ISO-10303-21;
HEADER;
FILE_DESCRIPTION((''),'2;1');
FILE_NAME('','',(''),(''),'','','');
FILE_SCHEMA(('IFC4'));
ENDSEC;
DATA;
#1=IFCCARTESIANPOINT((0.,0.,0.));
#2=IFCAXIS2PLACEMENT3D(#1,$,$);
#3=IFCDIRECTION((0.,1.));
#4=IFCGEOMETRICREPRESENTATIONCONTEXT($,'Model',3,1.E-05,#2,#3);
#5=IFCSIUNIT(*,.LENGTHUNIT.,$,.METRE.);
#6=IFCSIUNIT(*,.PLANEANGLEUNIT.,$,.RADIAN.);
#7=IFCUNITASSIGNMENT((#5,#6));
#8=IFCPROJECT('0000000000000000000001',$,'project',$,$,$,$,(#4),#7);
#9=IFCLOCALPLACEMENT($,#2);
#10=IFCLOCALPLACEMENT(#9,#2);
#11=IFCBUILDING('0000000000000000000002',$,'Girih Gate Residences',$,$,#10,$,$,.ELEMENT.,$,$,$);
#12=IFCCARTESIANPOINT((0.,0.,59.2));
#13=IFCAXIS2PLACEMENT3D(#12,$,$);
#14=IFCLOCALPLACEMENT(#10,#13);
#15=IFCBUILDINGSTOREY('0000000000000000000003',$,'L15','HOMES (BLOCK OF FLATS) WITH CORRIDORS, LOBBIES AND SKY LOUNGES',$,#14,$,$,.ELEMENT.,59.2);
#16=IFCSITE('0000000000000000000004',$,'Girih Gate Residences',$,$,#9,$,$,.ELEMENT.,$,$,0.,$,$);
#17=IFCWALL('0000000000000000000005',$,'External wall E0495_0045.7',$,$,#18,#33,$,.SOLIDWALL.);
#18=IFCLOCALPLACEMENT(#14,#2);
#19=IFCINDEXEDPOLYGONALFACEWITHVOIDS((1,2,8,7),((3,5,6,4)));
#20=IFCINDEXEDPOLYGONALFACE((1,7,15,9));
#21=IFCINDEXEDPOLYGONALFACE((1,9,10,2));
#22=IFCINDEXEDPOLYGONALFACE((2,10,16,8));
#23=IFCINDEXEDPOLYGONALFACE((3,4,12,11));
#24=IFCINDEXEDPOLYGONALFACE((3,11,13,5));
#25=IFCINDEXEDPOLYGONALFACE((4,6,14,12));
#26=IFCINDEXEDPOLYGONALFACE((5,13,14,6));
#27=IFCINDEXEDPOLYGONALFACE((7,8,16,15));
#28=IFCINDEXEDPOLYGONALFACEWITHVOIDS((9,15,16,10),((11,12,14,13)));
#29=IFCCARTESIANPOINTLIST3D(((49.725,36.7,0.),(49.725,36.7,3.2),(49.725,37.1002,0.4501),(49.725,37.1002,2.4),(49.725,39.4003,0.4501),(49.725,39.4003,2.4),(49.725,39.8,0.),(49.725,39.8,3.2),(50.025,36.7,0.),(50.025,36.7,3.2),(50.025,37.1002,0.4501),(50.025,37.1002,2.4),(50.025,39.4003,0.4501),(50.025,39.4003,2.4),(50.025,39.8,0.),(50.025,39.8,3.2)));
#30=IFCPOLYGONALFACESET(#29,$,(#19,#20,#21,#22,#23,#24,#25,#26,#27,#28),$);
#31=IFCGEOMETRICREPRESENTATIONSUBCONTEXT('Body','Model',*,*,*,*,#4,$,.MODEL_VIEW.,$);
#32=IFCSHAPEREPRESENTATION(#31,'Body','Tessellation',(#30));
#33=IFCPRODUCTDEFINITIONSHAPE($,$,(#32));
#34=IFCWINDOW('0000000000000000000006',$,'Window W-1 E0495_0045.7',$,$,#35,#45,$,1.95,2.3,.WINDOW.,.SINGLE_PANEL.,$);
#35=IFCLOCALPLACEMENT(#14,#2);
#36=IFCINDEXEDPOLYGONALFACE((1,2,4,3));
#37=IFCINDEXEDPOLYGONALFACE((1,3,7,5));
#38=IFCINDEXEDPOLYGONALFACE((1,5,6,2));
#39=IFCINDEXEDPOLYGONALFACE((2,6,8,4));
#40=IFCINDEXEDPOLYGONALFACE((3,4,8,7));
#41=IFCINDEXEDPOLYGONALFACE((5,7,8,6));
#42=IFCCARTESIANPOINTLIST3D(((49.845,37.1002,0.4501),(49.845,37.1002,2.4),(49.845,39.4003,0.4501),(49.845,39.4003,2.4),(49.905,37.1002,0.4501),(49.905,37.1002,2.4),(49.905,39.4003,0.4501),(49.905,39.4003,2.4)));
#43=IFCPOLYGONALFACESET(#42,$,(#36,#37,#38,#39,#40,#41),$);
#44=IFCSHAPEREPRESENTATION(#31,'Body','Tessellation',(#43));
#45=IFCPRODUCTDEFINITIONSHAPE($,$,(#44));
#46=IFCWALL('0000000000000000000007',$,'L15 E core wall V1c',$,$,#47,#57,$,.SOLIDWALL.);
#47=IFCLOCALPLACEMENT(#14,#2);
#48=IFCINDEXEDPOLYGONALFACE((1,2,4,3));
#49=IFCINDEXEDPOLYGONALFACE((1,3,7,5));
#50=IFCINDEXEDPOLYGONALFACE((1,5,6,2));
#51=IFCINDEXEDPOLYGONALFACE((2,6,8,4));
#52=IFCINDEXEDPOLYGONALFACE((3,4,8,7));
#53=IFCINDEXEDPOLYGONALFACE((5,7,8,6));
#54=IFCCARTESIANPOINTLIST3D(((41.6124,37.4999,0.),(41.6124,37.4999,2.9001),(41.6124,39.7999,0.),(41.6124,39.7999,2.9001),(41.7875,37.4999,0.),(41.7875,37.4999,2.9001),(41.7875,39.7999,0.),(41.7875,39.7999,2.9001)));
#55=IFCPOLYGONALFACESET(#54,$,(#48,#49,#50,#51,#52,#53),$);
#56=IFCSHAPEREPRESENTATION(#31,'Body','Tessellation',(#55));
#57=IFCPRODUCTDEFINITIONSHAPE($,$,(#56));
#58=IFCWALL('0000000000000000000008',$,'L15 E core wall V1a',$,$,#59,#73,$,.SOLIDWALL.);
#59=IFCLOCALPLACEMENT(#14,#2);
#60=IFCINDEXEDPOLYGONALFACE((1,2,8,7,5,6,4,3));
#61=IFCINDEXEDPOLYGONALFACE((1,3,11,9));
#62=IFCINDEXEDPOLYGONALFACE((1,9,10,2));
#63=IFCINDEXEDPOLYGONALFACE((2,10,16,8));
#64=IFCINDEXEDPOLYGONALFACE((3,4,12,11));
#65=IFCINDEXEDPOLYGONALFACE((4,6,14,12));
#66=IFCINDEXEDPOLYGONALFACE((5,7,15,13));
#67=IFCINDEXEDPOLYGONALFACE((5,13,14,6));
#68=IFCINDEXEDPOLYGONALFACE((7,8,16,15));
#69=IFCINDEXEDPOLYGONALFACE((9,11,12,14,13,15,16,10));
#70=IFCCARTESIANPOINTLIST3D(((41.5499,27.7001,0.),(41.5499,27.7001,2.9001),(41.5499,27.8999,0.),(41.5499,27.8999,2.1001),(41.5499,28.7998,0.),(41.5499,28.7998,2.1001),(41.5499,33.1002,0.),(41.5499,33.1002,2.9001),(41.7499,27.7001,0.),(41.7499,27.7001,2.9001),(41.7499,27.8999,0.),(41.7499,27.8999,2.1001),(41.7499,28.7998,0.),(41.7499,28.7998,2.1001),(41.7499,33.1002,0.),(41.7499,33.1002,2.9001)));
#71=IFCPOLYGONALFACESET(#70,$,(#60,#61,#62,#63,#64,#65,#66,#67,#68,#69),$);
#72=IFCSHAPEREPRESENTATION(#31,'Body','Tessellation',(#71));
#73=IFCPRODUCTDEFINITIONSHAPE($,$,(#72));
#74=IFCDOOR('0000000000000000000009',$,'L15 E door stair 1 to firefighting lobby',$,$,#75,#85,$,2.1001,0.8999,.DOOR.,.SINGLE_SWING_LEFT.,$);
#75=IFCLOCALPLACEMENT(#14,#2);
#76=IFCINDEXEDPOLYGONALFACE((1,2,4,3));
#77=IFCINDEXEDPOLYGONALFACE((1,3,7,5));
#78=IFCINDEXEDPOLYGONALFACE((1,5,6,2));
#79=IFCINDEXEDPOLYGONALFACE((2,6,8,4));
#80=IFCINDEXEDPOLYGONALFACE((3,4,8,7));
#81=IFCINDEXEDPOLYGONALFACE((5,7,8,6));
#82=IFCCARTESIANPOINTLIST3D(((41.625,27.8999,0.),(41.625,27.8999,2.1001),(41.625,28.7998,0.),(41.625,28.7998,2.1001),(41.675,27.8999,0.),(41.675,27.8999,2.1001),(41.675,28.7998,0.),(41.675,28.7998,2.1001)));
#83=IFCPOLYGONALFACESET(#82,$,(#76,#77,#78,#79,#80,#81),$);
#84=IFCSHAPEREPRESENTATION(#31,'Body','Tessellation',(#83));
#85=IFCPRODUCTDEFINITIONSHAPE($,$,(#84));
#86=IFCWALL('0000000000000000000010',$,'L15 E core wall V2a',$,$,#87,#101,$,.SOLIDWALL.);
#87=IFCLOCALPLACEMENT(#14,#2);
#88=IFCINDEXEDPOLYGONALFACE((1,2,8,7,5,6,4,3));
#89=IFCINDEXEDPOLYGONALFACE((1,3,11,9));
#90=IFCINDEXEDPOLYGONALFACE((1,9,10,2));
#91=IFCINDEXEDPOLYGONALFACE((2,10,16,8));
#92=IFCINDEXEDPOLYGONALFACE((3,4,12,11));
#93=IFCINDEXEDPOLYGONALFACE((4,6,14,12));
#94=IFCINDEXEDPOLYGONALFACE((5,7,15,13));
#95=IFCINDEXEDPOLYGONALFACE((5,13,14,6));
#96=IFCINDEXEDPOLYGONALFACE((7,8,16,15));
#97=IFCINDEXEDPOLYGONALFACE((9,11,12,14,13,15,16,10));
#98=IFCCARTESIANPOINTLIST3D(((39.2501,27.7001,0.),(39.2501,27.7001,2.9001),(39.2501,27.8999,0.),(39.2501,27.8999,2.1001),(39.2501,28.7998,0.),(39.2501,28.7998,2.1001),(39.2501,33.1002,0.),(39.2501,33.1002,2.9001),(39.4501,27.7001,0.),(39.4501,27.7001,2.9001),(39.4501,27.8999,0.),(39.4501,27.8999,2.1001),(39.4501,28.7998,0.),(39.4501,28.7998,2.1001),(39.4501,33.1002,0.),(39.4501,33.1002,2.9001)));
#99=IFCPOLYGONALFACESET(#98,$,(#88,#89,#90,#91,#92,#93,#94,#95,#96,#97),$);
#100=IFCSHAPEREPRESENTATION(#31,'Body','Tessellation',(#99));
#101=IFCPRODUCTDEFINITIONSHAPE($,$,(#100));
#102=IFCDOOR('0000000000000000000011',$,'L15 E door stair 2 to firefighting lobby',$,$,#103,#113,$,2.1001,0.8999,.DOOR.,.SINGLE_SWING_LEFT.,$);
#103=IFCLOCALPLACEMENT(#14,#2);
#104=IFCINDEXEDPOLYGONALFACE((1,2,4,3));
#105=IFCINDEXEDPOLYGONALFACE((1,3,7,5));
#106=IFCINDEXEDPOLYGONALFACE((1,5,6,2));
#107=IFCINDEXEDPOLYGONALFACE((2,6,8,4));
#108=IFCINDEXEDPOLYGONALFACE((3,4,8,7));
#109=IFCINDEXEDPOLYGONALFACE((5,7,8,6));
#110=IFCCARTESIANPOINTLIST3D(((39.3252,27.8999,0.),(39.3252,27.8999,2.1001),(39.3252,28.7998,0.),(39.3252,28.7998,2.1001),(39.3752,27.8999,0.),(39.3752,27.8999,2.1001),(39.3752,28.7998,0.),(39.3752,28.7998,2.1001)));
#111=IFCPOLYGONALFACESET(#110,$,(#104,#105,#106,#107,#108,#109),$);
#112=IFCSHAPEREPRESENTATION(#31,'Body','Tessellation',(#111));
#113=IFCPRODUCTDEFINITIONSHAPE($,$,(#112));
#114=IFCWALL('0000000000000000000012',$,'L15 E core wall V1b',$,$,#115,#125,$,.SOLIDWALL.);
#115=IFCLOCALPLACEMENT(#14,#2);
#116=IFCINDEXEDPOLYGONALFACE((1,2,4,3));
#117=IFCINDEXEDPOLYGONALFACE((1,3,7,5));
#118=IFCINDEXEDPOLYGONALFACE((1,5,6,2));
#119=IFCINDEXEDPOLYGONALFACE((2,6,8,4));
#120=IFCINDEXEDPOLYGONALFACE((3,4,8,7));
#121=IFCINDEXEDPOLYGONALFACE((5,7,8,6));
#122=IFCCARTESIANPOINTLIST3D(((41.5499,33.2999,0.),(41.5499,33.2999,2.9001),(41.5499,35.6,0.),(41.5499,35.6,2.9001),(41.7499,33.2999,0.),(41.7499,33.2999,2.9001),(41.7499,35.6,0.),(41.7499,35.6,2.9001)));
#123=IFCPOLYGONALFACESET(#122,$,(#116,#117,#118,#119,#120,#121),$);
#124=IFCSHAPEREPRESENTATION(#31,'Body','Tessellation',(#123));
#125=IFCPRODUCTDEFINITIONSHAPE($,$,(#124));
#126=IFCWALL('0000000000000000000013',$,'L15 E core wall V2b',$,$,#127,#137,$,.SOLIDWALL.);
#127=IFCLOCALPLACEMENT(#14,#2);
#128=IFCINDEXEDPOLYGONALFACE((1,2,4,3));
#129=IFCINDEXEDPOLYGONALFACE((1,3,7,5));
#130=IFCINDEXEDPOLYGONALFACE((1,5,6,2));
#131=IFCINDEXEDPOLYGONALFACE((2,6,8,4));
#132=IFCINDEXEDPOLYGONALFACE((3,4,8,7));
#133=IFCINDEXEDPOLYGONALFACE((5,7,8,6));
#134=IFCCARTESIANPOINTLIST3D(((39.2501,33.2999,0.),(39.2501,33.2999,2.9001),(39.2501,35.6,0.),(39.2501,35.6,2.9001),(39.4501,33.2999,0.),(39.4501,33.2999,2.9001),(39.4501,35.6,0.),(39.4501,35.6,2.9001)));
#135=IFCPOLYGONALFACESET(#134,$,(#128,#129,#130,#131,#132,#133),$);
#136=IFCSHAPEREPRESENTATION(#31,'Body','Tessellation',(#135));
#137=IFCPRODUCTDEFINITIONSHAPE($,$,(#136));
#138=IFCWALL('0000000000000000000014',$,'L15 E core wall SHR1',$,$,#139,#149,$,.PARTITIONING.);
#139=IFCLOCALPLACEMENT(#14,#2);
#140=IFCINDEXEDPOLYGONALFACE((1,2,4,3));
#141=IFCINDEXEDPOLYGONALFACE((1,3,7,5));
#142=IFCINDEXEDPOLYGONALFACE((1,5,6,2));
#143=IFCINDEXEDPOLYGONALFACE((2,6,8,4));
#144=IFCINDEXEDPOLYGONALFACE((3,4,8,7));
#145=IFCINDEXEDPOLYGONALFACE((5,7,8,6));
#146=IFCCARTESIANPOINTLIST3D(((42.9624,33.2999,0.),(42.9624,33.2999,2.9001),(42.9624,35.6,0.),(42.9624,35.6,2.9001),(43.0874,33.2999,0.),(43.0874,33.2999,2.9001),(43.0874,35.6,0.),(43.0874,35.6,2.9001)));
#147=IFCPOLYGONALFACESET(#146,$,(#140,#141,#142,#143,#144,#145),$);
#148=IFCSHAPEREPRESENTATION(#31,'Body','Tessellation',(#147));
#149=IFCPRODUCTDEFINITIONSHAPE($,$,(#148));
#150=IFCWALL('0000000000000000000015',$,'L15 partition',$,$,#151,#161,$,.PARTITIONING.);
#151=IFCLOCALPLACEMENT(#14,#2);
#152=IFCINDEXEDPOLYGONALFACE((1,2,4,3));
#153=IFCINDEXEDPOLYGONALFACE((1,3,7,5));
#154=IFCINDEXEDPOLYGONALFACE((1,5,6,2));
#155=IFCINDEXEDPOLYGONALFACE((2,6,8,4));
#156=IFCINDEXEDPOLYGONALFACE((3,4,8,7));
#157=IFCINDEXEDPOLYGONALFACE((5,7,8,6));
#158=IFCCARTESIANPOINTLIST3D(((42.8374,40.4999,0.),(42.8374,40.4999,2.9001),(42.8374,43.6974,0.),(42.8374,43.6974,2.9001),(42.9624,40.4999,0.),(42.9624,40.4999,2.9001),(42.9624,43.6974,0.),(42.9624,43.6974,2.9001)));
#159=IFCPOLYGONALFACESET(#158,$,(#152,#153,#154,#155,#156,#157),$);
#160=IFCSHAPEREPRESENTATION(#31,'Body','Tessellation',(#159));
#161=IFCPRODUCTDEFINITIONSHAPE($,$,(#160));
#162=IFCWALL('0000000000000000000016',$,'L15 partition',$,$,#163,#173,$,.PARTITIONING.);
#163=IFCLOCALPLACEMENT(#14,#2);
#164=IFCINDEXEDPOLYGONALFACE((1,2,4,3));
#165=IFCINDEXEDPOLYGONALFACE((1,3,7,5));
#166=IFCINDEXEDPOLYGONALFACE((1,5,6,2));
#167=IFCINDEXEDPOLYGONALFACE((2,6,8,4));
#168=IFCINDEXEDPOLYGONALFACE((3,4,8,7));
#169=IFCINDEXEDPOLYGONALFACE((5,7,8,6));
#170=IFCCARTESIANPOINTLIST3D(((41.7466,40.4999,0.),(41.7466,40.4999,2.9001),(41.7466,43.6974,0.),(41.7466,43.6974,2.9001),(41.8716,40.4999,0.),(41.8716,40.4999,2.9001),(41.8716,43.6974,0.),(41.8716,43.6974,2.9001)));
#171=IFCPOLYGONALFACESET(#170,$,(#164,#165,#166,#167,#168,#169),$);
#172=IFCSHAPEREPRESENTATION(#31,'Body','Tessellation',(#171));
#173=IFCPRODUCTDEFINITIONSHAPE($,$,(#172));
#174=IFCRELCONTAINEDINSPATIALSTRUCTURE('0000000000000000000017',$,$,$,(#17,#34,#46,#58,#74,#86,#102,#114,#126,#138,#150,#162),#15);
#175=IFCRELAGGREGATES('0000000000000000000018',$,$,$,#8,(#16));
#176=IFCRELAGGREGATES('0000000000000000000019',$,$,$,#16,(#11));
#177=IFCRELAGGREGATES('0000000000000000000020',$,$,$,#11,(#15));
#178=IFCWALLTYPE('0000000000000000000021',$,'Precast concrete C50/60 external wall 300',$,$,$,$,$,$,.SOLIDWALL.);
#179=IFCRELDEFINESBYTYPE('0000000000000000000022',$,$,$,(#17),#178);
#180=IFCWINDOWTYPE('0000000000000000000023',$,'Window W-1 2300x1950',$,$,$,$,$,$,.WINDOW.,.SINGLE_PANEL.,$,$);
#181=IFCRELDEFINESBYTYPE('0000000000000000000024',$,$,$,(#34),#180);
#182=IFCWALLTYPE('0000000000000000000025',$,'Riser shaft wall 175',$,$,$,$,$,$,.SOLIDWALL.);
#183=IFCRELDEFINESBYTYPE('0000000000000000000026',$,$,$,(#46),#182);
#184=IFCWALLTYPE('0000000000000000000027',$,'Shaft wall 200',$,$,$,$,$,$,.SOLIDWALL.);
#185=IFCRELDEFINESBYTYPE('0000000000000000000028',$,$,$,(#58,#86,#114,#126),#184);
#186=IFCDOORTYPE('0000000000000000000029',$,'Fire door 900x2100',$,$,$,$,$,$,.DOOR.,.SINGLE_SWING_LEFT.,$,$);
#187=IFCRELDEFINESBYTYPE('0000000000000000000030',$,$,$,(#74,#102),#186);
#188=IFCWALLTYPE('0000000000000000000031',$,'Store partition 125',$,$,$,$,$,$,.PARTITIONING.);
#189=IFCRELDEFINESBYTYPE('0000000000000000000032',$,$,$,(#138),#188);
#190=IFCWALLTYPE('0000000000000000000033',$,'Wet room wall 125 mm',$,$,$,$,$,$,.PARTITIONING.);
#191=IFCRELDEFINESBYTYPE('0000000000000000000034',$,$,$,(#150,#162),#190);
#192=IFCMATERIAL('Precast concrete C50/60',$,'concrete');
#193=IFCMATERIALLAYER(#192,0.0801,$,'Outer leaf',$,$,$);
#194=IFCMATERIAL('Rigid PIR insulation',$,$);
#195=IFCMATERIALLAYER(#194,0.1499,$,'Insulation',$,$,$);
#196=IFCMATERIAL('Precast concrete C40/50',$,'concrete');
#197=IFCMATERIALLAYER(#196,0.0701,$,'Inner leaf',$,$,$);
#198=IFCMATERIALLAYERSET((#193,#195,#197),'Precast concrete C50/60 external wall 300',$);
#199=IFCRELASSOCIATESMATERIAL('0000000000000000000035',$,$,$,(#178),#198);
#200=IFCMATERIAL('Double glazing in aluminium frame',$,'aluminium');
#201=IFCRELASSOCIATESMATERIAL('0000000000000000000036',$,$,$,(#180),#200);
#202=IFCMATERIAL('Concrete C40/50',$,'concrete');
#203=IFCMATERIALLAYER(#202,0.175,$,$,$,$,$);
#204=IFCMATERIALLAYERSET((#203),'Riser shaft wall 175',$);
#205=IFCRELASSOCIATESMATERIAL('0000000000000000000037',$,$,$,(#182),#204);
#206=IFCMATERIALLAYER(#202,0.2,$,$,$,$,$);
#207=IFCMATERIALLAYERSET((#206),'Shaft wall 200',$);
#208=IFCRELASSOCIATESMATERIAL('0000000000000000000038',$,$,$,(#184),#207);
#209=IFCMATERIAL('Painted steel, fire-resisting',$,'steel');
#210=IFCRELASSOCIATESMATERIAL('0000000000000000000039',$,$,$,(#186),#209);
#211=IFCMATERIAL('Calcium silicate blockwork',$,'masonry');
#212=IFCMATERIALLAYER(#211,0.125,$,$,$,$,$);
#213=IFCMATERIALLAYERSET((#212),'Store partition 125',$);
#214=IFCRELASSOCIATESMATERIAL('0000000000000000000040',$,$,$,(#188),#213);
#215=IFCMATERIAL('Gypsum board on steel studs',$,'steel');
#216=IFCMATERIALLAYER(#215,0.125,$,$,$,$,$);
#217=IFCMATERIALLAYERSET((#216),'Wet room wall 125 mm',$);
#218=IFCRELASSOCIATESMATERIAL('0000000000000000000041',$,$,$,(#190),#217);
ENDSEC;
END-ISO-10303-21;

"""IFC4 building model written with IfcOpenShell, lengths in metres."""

from ifc_helpers import new_model, si_unit, direction, frame, frame_2d, origin, place, context, subcontext, project, spatial, rectangle, extrude, material, layer, layer_set, type_object, element, fill, save


model = new_model("IFC4")

# Units and contexts
model_context = context("Model", 3, precision=1e-05, world=origin(), true_north=direction((0.0, 1.0)))
body_context = subcontext(model_context, "Body", "Model", "MODEL_VIEW")
ifc_project = project(units=[si_unit("LENGTHUNIT", "METRE"), si_unit("PLANEANGLEUNIT", "RADIAN")], contexts=[model_context])

# Site, building, storey
site_placement = place(None, origin())
site = spatial("IfcSite", under=ifc_project, at=site_placement, Name="Girih Gate Residences", CompositionType="ELEMENT", RefElevation=0.0)
building_placement = place(site_placement, origin())
building = spatial("IfcBuilding", under=site, at=building_placement, Name="Girih Gate Residences", CompositionType="ELEMENT")
storey_placement = place(building_placement, frame((0.0, 0.0, 59.2)))
storey = spatial("IfcBuildingStorey", under=building, at=storey_placement, Name="L15", Description="HOMES (BLOCK OF FLATS) WITH CORRIDORS, LOBBIES AND SKY LOUNGES", CompositionType="ELEMENT", Elevation=59.2)

# Shared definitions
ifc_material_1 = material(Name="Gypsum board on steel studs", Category="steel")

# Wall, opening, window
ifc_material_2 = material(Name="Precast concrete C50/60", Category="concrete")
ifc_layer_1 = layer(ifc_material_2, 0.0801, Name="Outer leaf")
ifc_material_3 = material(Name="Rigid PIR insulation")
ifc_layer_2 = layer(ifc_material_3, 0.1499, Name="Insulation")
ifc_material_4 = material(Name="Precast concrete C40/50", Category="concrete")
ifc_layer_3 = layer(ifc_material_4, 0.0701, Name="Inner leaf")
ifc_layer_set_1 = layer_set([ifc_layer_1, ifc_layer_2, ifc_layer_3], Name="Precast concrete C50/60 external wall 300")
wall_type_1 = type_object("IfcWallType", Name="Precast concrete C50/60 external wall 300", PredefinedType="SOLIDWALL", material=ifc_layer_set_1)
ifc_material_5 = material(Name="Double glazing in aluminium frame", Category="aluminium")
window_type = type_object("IfcWindowType", Name="Window W-1 2300x1950", PartitioningType="SINGLE_PANEL", PredefinedType="WINDOW", material=ifc_material_5)
wall_1_placement = place(storey_placement, frame((49.875, 39.8, 0.0), z_axis=(0.0, 0.0, 1.0), x_axis=(0.0, -1.0, 0.0)))
wall_1 = element("IfcWall", 1, at=wall_1_placement, inside=storey, type_object=wall_type_1, Name="External wall E0495_0045.7", PredefinedType="SOLIDWALL", context=body_context, shape_type="SweptSolid", body=[
    extrude(rectangle(XDim=3.1001, YDim=0.3, at=frame_2d((1.55, 0.0))), origin(), (0.0, 0.0, 1.0), 3.2),
])
opening_1_placement = place(wall_1_placement, frame((0.3999, 0.0, 0.45)))
opening_1 = element("IfcOpeningElement", 2, at=opening_1_placement, cuts=wall_1, PredefinedType="OPENING", context=body_context, shape_type="SweptSolid", body=[
    extrude(rectangle(XDim=2.3, YDim=1.95, at=frame_2d((1.1499, 0.9751))), frame((0.0, 0.1599, 0.0), z_axis=(0.0, -1.0, 0.0), x_axis=(1.0, 0.0, 0.0)), (0.0, 0.0, 1.0), 0.3201),
])
window_1_placement = place(opening_1_placement, origin())
window_1 = element("IfcWindow", 3, at=window_1_placement, inside=storey, type_object=window_type, Name="Window W-1 E0495_0045.7", OverallHeight=1.95, OverallWidth=2.3, PartitioningType="SINGLE_PANEL", PredefinedType="WINDOW", context=body_context, shape_type="SweptSolid", body=[
    extrude(rectangle(XDim=2.3, YDim=1.95, at=frame_2d((1.1499, 0.9751))), frame((0.0, 0.03, 0.0), z_axis=(0.0, -1.0, 0.0), x_axis=(1.0, 0.0, 0.0)), (0.0, 0.0, 1.0), 0.0601),
])
fill(opening_1, window_1)

# Wall
ifc_material_6 = material(Name="Concrete C40/50", Category="concrete")
ifc_layer_4 = layer(ifc_material_6, 0.175)
ifc_layer_set_2 = layer_set([ifc_layer_4], Name="Riser shaft wall 175")
wall_type_2 = type_object("IfcWallType", Name="Riser shaft wall 175", PredefinedType="SOLIDWALL", material=ifc_layer_set_2)
wall_2_placement = place(storey_placement, frame((41.7, 37.5, 0.0), z_axis=(0.0, 0.0, 1.0), x_axis=(0.0, 1.0, 0.0)))
element("IfcWall", 4, at=wall_2_placement, inside=storey, type_object=wall_type_2, Name="L15 E core wall V1c", PredefinedType="SOLIDWALL", context=body_context, shape_type="SweptSolid", body=[
    extrude(rectangle(XDim=2.3, YDim=0.175, at=frame_2d((1.1499, 0.0))), origin(), (0.0, 0.0, 1.0), 2.9001),
])

# Walls, openings, doors
ifc_layer_5 = layer(ifc_material_6, 0.2)
ifc_layer_set_3 = layer_set([ifc_layer_5], Name="Shaft wall 200")
wall_type_3 = type_object("IfcWallType", Name="Shaft wall 200", PredefinedType="SOLIDWALL", material=ifc_layer_set_3)
wall_3_placement = place(storey_placement, frame((41.6499, 27.7, 0.0), z_axis=(0.0, 0.0, 1.0), x_axis=(0.0, 1.0, 0.0)))
wall_3 = element("IfcWall", 5, at=wall_3_placement, inside=storey, type_object=wall_type_3, Name="L15 E core wall V1a", PredefinedType="SOLIDWALL", context=body_context, shape_type="SweptSolid", body=[
    extrude(rectangle(XDim=5.4001, YDim=0.2, at=frame_2d((2.7002, 0.0))), origin(), (0.0, 0.0, 1.0), 2.9001),
])
opening_2_placement = place(wall_3_placement, frame((0.2, 0.0, 0.0)))
opening_2 = element("IfcOpeningElement", 6, at=opening_2_placement, cuts=wall_3, PredefinedType="OPENING", context=body_context, shape_type="SweptSolid", body=[
    extrude(rectangle(XDim=0.8999, YDim=2.1001, at=frame_2d((0.45, 1.05))), frame((0.0, 0.1099, 0.0), z_axis=(0.0, -1.0, 0.0), x_axis=(1.0, 0.0, 0.0)), (0.0, 0.0, 1.0), 0.22),
])
ifc_material_7 = material(Name="Painted steel, fire-resisting", Category="steel")
door_type_1 = type_object("IfcDoorType", Name="Fire door 900x2100", OperationType="SINGLE_SWING_LEFT", PredefinedType="DOOR", material=ifc_material_7)
door_1_placement = place(opening_2_placement, origin())
door_1 = element("IfcDoor", 7, at=door_1_placement, inside=storey, type_object=door_type_1, Name="L15 E door stair 1 to firefighting lobby", OperationType="SINGLE_SWING_LEFT", OverallHeight=2.1001, OverallWidth=0.8999, PredefinedType="DOOR", context=body_context, shape_type="SweptSolid", body=[
    extrude(rectangle(XDim=0.8999, YDim=2.1001, at=frame_2d((0.45, 1.05))), frame((0.0, 0.0249, 0.0), z_axis=(0.0, -1.0, 0.0), x_axis=(1.0, 0.0, 0.0)), (0.0, 0.0, 1.0), 0.05),
])
fill(opening_2, door_1)
wall_4_placement = place(storey_placement, frame((39.3501, 27.7, 0.0), z_axis=(0.0, 0.0, 1.0), x_axis=(0.0, 1.0, 0.0)))
wall_4 = element("IfcWall", 8, at=wall_4_placement, inside=storey, type_object=wall_type_3, Name="L15 E core wall V2a", PredefinedType="SOLIDWALL", context=body_context, shape_type="SweptSolid", body=[
    extrude(rectangle(XDim=5.4001, YDim=0.2, at=frame_2d((2.7002, 0.0))), origin(), (0.0, 0.0, 1.0), 2.9001),
])
opening_3_placement = place(wall_4_placement, frame((0.2, 0.0, 0.0)))
opening_3 = element("IfcOpeningElement", 9, at=opening_3_placement, cuts=wall_4, PredefinedType="OPENING", context=body_context, shape_type="SweptSolid", body=[
    extrude(rectangle(XDim=0.8999, YDim=2.1001, at=frame_2d((0.45, 1.05))), frame((0.0, 0.1099, 0.0), z_axis=(0.0, -1.0, 0.0), x_axis=(1.0, 0.0, 0.0)), (0.0, 0.0, 1.0), 0.22),
])
door_2_placement = place(opening_3_placement, origin())
door_2 = element("IfcDoor", 10, at=door_2_placement, inside=storey, type_object=door_type_1, Name="L15 E door stair 2 to firefighting lobby", OperationType="SINGLE_SWING_LEFT", OverallHeight=2.1001, OverallWidth=0.8999, PredefinedType="DOOR", context=body_context, shape_type="SweptSolid", body=[
    extrude(rectangle(XDim=0.8999, YDim=2.1001, at=frame_2d((0.45, 1.05))), frame((0.0, 0.0249, 0.0), z_axis=(0.0, -1.0, 0.0), x_axis=(1.0, 0.0, 0.0)), (0.0, 0.0, 1.0), 0.05),
])
fill(opening_3, door_2)

# Walls
for number, where, z_axis, x_axis, name in (
    (11, (41.6499, 33.3, 0.0), (0.0, 0.0, 1.0), (0.0, 1.0, 0.0), "L15 E core wall V1b"),
    (12, (39.3501, 33.3, 0.0), (0.0, 0.0, 1.0), (0.0, 1.0, 0.0), "L15 E core wall V2b"),
):
    element("IfcWall", number, at=place(storey_placement, frame(where, z_axis=z_axis, x_axis=x_axis)), inside=storey, type_object=wall_type_3, Name=name, PredefinedType="SOLIDWALL", context=body_context, shape_type="SweptSolid", body=[
        extrude(rectangle(XDim=2.3, YDim=0.2, at=frame_2d((1.1499, 0.0))), origin(), (0.0, 0.0, 1.0), 2.9001),
    ])
ifc_material_8 = material(Name="Calcium silicate blockwork", Category="masonry")
ifc_layer_6 = layer(ifc_material_8, 0.125)
ifc_layer_set_4 = layer_set([ifc_layer_6], Name="Store partition 125")
wall_type_4 = type_object("IfcWallType", Name="Store partition 125", PredefinedType="PARTITIONING", material=ifc_layer_set_4)
wall_5_placement = place(storey_placement, frame((43.0249, 33.3, 0.0), z_axis=(0.0, 0.0, 1.0), x_axis=(0.0, 1.0, 0.0)))
element("IfcWall", 13, at=wall_5_placement, inside=storey, type_object=wall_type_4, Name="L15 E core wall SHR1", PredefinedType="PARTITIONING", context=body_context, shape_type="SweptSolid", body=[
    extrude(rectangle(XDim=2.3, YDim=0.125, at=frame_2d((1.1499, 0.0))), origin(), (0.0, 0.0, 1.0), 2.9001),
])
ifc_layer_7 = layer(ifc_material_1, 0.125)
ifc_layer_set_5 = layer_set([ifc_layer_7], Name="Wet room wall 125 mm")
wall_type_5 = type_object("IfcWallType", Name="Wet room wall 125 mm", PredefinedType="PARTITIONING", material=ifc_layer_set_5)
for number, where, z_axis, x_axis, name in (
    (14, (42.8999, 40.5, 0.0), (0.0, 0.0, 1.0), (0.0, 1.0, 0.0), "L15 partition"),
    (15, (41.8091, 40.5, 0.0), (0.0, 0.0, 1.0), (0.0, 1.0, 0.0), "L15 partition"),
):
    element("IfcWall", number, at=place(storey_placement, frame(where, z_axis=z_axis, x_axis=x_axis)), inside=storey, type_object=wall_type_5, Name=name, PredefinedType="PARTITIONING", context=body_context, shape_type="SweptSolid", body=[
        extrude(rectangle(XDim=3.1975, YDim=0.125, at=frame_2d((1.5986, 0.0))), origin(), (0.0, 0.0, 1.0), 2.9001),
    ])

save(model, "model.ifc")
